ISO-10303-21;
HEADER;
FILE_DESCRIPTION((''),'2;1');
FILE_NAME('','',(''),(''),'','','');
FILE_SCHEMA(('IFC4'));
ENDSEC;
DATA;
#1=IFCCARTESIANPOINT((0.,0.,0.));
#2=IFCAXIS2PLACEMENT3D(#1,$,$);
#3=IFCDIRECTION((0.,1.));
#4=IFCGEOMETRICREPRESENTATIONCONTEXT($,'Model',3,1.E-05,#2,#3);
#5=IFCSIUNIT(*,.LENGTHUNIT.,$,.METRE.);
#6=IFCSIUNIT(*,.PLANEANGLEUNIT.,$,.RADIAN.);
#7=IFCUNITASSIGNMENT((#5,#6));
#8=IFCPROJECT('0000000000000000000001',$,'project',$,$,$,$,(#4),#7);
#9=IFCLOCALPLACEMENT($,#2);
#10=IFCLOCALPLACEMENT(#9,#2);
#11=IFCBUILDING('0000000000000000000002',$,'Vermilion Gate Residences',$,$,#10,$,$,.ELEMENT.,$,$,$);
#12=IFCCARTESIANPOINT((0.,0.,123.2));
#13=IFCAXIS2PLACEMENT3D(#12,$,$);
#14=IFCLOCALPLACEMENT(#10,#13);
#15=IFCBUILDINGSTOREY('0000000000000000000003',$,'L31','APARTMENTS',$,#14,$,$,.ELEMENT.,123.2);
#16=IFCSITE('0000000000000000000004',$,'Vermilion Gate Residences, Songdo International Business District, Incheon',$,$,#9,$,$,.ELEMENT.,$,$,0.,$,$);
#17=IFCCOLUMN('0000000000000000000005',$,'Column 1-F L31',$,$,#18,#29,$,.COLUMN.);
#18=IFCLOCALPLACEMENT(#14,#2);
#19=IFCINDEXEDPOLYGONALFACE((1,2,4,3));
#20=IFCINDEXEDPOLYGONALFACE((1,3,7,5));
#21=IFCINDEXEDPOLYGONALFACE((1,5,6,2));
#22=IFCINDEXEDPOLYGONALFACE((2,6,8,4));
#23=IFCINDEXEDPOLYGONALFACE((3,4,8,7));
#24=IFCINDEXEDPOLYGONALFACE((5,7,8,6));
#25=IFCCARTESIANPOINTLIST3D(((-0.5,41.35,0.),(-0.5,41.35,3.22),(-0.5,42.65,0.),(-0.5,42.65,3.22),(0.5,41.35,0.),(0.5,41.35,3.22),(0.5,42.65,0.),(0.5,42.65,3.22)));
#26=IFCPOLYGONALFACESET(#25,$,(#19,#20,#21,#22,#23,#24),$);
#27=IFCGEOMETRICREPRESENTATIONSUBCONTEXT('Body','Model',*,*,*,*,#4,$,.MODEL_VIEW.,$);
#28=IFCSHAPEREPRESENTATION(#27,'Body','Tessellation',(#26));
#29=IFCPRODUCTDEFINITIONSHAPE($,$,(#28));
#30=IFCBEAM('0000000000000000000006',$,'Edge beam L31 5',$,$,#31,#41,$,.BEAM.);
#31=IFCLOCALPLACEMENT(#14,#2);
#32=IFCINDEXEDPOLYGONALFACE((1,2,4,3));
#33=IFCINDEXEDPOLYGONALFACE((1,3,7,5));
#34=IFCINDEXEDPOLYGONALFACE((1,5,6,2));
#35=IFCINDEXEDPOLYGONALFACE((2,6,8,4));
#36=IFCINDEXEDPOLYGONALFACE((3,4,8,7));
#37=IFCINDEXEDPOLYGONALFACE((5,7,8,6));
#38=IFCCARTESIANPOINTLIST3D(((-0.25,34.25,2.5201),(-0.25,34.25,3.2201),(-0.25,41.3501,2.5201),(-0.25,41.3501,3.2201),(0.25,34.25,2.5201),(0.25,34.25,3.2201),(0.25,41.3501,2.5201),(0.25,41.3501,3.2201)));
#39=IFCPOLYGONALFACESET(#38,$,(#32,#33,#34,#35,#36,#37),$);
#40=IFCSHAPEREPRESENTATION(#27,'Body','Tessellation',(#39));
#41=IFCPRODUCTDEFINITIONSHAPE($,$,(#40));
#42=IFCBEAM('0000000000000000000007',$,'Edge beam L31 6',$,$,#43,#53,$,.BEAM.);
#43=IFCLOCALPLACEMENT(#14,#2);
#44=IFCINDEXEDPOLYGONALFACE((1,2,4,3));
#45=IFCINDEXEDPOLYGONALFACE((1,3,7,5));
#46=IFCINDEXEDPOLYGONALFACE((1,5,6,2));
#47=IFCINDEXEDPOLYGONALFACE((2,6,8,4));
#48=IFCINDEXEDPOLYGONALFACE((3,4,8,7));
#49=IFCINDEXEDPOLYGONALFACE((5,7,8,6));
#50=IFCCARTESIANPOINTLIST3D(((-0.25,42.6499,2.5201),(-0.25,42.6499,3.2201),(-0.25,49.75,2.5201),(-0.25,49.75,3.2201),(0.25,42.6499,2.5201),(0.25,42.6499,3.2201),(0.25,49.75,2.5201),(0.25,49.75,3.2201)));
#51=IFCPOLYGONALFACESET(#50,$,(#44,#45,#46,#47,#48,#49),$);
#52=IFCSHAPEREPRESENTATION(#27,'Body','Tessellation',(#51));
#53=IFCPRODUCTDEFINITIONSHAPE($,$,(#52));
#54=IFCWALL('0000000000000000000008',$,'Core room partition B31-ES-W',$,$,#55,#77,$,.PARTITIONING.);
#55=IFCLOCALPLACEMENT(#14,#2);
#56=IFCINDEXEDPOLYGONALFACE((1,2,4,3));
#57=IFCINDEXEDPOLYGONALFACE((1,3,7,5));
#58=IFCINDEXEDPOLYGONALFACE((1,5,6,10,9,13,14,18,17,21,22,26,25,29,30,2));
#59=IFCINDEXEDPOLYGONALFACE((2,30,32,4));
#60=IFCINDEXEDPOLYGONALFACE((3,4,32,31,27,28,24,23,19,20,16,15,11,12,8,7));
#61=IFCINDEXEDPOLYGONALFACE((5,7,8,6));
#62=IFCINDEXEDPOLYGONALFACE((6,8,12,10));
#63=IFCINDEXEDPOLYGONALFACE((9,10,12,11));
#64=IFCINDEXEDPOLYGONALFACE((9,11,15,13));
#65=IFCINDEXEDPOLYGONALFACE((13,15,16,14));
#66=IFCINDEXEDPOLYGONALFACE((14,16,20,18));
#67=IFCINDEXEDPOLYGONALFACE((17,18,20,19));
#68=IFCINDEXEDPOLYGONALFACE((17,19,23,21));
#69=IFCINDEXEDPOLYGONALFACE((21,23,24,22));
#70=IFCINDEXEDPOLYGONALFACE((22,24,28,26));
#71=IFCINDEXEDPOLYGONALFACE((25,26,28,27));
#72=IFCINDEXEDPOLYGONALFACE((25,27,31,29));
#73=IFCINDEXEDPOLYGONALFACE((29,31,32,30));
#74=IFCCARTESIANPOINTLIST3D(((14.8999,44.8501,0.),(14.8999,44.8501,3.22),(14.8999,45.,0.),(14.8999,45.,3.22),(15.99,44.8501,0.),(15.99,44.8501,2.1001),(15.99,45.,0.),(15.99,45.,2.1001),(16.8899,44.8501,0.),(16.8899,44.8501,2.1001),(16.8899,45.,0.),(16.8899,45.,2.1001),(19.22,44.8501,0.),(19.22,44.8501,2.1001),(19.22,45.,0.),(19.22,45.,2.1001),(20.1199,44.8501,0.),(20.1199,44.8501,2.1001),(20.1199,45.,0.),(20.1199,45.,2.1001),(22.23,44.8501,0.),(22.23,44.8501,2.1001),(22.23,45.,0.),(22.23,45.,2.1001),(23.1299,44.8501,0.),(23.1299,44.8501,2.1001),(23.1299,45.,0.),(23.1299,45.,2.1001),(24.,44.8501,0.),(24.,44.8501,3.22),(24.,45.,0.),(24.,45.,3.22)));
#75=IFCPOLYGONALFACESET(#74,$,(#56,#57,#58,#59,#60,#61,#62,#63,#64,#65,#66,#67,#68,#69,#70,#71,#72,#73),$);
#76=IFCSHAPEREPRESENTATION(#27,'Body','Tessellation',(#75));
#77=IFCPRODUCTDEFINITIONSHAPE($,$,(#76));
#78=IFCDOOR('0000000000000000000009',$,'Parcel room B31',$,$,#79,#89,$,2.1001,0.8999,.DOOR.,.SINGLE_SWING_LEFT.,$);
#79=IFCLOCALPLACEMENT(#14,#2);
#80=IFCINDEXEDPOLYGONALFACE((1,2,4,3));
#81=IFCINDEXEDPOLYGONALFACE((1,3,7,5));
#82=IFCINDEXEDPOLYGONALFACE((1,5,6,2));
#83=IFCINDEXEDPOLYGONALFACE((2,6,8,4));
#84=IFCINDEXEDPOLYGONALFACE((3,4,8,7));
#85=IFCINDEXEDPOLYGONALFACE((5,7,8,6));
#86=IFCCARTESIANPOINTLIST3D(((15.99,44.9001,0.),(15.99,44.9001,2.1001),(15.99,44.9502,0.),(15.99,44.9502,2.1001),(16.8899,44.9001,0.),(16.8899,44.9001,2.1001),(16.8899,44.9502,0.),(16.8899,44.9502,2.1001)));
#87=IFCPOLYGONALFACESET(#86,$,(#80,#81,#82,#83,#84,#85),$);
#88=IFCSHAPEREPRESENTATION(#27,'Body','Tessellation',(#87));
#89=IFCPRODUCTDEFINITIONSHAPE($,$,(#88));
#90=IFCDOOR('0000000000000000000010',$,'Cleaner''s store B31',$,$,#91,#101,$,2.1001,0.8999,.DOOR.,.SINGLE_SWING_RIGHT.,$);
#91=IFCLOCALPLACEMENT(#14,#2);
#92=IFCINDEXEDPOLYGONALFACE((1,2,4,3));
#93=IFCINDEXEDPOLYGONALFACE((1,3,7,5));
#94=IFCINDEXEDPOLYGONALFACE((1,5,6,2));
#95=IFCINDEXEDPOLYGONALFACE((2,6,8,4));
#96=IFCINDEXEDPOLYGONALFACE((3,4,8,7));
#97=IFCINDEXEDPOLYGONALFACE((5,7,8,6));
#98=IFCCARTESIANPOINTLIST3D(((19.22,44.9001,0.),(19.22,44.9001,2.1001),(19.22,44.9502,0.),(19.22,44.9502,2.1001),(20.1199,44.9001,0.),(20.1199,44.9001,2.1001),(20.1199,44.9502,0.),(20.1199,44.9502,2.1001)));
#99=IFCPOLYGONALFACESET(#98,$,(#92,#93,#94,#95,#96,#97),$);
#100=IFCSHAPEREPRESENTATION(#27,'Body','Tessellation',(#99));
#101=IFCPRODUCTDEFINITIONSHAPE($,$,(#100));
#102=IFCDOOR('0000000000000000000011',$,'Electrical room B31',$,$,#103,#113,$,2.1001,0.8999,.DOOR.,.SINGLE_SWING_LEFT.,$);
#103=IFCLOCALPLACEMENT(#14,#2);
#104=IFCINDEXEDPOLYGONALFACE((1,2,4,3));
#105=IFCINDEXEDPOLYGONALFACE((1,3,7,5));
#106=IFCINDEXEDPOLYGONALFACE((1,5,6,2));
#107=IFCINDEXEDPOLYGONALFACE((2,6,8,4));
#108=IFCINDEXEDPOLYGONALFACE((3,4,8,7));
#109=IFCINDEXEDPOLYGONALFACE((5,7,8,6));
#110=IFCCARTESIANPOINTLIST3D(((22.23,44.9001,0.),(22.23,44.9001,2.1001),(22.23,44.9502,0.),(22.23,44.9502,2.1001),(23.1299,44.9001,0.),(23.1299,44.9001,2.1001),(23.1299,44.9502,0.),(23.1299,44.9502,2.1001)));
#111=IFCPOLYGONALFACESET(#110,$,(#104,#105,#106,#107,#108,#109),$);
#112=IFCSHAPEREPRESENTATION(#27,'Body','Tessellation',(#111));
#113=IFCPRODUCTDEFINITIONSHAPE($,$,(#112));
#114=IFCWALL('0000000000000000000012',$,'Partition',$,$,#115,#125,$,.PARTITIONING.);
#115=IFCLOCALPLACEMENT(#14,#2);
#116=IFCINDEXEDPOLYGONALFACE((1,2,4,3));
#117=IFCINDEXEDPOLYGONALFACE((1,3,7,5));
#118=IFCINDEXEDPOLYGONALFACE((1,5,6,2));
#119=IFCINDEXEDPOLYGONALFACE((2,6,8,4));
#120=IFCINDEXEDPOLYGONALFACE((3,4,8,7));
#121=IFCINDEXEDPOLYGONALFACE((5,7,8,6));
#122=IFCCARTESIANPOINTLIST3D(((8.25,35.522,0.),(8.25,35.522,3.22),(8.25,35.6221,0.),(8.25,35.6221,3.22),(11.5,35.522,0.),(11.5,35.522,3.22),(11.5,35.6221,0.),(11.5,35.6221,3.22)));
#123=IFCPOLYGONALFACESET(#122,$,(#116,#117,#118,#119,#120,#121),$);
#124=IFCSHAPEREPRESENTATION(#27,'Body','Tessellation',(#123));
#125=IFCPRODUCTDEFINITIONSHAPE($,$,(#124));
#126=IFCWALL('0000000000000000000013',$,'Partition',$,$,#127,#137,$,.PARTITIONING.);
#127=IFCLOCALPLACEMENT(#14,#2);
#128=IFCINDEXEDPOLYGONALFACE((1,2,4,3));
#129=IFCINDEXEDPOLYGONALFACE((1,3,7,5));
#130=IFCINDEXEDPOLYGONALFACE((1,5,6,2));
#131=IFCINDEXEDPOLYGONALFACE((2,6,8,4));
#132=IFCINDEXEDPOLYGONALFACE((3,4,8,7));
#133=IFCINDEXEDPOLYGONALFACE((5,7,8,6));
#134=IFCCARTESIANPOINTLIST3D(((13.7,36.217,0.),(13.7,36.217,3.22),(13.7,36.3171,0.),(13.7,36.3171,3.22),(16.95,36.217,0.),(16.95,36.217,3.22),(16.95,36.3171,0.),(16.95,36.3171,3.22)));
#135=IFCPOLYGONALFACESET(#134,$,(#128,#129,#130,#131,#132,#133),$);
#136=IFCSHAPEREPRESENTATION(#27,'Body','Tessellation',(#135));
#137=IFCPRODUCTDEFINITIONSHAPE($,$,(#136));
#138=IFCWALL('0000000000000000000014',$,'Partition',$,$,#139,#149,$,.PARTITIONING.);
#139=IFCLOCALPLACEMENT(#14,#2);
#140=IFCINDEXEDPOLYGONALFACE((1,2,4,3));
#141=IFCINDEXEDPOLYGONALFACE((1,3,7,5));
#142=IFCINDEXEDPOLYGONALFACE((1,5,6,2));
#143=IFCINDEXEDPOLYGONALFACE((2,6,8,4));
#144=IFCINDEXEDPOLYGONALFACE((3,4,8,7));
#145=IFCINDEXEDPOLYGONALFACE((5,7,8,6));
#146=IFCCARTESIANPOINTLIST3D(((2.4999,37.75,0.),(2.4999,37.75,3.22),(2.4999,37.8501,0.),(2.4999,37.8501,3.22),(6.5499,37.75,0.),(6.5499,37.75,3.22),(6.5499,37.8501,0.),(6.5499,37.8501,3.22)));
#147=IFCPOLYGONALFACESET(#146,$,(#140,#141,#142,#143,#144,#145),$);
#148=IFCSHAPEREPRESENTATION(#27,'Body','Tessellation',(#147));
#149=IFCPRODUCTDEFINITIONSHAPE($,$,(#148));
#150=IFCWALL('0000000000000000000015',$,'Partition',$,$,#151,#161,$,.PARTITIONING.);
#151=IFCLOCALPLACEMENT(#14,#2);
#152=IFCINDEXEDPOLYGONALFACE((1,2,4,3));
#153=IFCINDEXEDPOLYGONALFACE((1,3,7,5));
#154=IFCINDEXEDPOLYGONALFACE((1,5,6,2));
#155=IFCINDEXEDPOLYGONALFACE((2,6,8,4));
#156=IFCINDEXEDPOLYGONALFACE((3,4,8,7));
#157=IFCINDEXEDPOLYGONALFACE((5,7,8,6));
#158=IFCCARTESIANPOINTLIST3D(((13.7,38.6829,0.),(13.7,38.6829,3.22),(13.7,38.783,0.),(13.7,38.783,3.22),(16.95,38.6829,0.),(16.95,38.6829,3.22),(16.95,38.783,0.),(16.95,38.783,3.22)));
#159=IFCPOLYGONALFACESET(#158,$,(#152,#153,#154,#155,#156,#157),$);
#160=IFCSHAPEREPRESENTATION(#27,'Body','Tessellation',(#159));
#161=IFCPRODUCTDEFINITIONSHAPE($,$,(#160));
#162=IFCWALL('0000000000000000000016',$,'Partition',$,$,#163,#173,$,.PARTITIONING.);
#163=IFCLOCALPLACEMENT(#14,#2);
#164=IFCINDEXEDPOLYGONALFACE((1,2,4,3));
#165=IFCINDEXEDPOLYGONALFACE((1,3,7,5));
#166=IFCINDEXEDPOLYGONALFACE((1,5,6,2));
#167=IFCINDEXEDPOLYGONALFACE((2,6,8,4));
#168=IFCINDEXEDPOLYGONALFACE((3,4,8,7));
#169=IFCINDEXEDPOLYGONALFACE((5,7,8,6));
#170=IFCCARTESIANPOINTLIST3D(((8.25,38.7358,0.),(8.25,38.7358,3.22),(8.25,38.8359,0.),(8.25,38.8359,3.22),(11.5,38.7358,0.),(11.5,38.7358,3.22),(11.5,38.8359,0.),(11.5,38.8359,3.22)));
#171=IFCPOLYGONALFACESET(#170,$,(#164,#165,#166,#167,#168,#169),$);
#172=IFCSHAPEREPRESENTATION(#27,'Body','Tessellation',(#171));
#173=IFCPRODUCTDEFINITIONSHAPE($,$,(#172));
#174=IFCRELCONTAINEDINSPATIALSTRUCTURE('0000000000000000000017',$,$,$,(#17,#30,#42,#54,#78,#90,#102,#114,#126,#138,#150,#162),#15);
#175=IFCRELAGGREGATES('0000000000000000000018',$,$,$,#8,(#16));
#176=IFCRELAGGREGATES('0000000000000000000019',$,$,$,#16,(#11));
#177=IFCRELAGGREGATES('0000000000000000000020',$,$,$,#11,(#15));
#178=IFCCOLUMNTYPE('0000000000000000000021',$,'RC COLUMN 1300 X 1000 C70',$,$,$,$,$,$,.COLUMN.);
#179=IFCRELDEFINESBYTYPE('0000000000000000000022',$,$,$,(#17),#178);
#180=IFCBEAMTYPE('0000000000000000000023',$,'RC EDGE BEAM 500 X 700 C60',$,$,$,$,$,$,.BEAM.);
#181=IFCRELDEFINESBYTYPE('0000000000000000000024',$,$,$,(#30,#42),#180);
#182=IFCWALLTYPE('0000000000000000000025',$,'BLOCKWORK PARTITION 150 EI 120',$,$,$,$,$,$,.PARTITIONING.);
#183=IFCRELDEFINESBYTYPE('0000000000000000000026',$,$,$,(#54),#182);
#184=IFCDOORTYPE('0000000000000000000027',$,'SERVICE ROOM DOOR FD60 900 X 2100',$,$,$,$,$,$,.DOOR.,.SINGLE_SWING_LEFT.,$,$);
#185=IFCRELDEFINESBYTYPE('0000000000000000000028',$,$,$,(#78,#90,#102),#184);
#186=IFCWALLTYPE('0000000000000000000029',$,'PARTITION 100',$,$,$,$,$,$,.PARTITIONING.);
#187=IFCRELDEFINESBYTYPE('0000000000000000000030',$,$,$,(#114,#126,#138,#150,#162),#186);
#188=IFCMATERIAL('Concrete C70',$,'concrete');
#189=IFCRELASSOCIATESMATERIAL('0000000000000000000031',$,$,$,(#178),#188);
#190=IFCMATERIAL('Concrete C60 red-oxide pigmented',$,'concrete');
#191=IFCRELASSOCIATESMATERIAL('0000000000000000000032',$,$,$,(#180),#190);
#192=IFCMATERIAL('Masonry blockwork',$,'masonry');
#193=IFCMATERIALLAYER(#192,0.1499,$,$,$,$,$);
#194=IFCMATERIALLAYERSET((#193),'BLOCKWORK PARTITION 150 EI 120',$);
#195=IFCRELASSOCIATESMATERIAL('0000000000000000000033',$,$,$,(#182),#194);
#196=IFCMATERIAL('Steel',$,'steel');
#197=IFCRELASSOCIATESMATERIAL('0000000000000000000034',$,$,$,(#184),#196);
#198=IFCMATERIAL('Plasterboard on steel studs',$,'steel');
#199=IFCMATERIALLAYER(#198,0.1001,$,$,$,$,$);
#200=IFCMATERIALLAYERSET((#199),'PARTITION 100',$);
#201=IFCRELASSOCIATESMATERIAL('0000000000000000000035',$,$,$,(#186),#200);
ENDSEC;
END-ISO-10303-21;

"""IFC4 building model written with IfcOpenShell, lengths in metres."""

from ifc_helpers import new_model, si_unit, direction, frame, frame_2d, origin, origin_2d, place, context, subcontext, project, spatial, rectangle, extrude, material, layer, layer_set, material_profile, profile_set, type_object, element, fill, save


model = new_model("IFC4")

# Units and contexts
model_context = context("Model", 3, precision=1e-05, world=origin(), true_north=direction((0.0, 1.0)))
body_context = subcontext(model_context, "Body", "Model", "MODEL_VIEW")
ifc_project = project(units=[si_unit("LENGTHUNIT", "METRE"), si_unit("PLANEANGLEUNIT", "RADIAN")], contexts=[model_context])

# Site, building, storey
site_placement = place(None, origin())
site = spatial("IfcSite", under=ifc_project, at=site_placement, Name="Vermilion Gate Residences, Songdo International Business District, Incheon", CompositionType="ELEMENT", RefElevation=0.0)
building_placement = place(site_placement, origin())
building = spatial("IfcBuilding", under=site, at=building_placement, Name="Vermilion Gate Residences", CompositionType="ELEMENT")
storey_placement = place(building_placement, frame((0.0, 0.0, 123.2)))
storey = spatial("IfcBuildingStorey", under=building, at=storey_placement, Name="L31", Description="APARTMENTS", CompositionType="ELEMENT", Elevation=123.2)

# Column
ifc_material_1 = material(Name="Concrete C70", Category="concrete")
ifc_material_profile_1 = material_profile(ifc_material_1, rectangle(XDim=1.3, YDim=1.0, at=origin_2d()), Name="RC-1300x1000")
ifc_profile_set_1 = profile_set([ifc_material_profile_1], Name="Concrete C70")
column_type = type_object("IfcColumnType", Name="RC COLUMN 1300 X 1000 C70", PredefinedType="COLUMN", material=ifc_profile_set_1)
column_placement = place(storey_placement, frame((0.0, 42.0, 0.0), z_axis=(0.0, 0.0, 1.0), x_axis=(0.0, 1.0, 0.0)))
element("IfcColumn", 1, at=column_placement, inside=storey, type_object=column_type, Name="Column 1-F L31", PredefinedType="COLUMN", context=body_context, shape_type="SweptSolid", body=[
    extrude(rectangle(XDim=1.3, YDim=1.0, at=origin_2d()), origin(), (0.0, 0.0, 1.0), 3.22),
])

# Beams
ifc_material_2 = material(Name="Concrete C60 red-oxide pigmented", Category="concrete")
ifc_material_profile_2 = material_profile(ifc_material_2, rectangle(XDim=0.5, YDim=0.7, at=origin_2d()), Name="RC-500x700")
ifc_profile_set_2 = profile_set([ifc_material_profile_2], Name="Concrete C60 red-oxide pigmented")
beam_type = type_object("IfcBeamType", Name="RC EDGE BEAM 500 X 700 C60", PredefinedType="BEAM", material=ifc_profile_set_2)
for number, where, z_axis, x_axis, name in (
    (2, (0.0, 34.25, 2.8701), (0.0, 1.0, 0.0), (-1.0, 0.0, 0.0), "Edge beam L31 5"),
    (3, (0.0, 42.6499, 2.8701), (0.0, 1.0, 0.0), (-1.0, 0.0, 0.0), "Edge beam L31 6"),
):
    element("IfcBeam", number, at=place(storey_placement, frame(where, z_axis=z_axis, x_axis=x_axis)), inside=storey, type_object=beam_type, Name=name, PredefinedType="BEAM", context=body_context, shape_type="SweptSolid", body=[
        extrude(rectangle(XDim=0.5, YDim=0.7, at=origin_2d()), origin(), (0.0, 0.0, 1.0), 7.1001),
    ])

# Wall, openings, doors
ifc_material_3 = material(Name="Masonry blockwork", Category="masonry")
ifc_layer_1 = layer(ifc_material_3, 0.1499)
ifc_layer_set_1 = layer_set([ifc_layer_1], Name="BLOCKWORK PARTITION 150 EI 120")
wall_type_1 = type_object("IfcWallType", Name="BLOCKWORK PARTITION 150 EI 120", PredefinedType="PARTITIONING", material=ifc_layer_set_1)
wall_1_placement = place(storey_placement, frame((14.8999, 44.925, 0.0), z_axis=(0.0, 0.0, 1.0), x_axis=(1.0, 0.0, 0.0)))
wall_1 = element("IfcWall", 4, at=wall_1_placement, inside=storey, type_object=wall_type_1, Name="Core room partition B31-ES-W", PredefinedType="PARTITIONING", context=body_context, shape_type="SweptSolid", body=[
    extrude(rectangle(XDim=9.1001, YDim=0.1499, at=frame_2d((4.55, 0.0))), origin(), (0.0, 0.0, 1.0), 3.22),
])
opening_1_placement = place(wall_1_placement, frame((1.0901, 0.0, 0.0)))
opening_1 = element("IfcOpeningElement", 5, at=opening_1_placement, cuts=wall_1, PredefinedType="OPENING", context=body_context, shape_type="SweptSolid", body=[
    extrude(rectangle(XDim=0.8999, YDim=2.1001, at=frame_2d((0.45, 1.05))), frame((0.0, 0.085, 0.0), z_axis=(0.0, -1.0, 0.0), x_axis=(1.0, 0.0, 0.0)), (0.0, 0.0, 1.0), 0.1699),
])
opening_2_placement = place(wall_1_placement, frame((4.3201, 0.0, 0.0)))
opening_2 = element("IfcOpeningElement", 6, at=opening_2_placement, cuts=wall_1, PredefinedType="OPENING", context=body_context, shape_type="SweptSolid", body=[
    extrude(rectangle(XDim=0.8999, YDim=2.1001, at=frame_2d((0.45, 1.05))), frame((0.0, 0.085, 0.0), z_axis=(0.0, -1.0, 0.0), x_axis=(1.0, 0.0, 0.0)), (0.0, 0.0, 1.0), 0.1699),
])
opening_3_placement = place(wall_1_placement, frame((7.3301, 0.0, 0.0)))
opening_3 = element("IfcOpeningElement", 7, at=opening_3_placement, cuts=wall_1, PredefinedType="OPENING", context=body_context, shape_type="SweptSolid", body=[
    extrude(rectangle(XDim=0.8999, YDim=2.1001, at=frame_2d((0.45, 1.05))), frame((0.0, 0.085, 0.0), z_axis=(0.0, -1.0, 0.0), x_axis=(1.0, 0.0, 0.0)), (0.0, 0.0, 1.0), 0.1699),
])
ifc_material_4 = material(Name="Steel", Category="steel")
door_type_1 = type_object("IfcDoorType", Name="SERVICE ROOM DOOR FD60 900 X 2100", OperationType="SINGLE_SWING_LEFT", PredefinedType="DOOR", material=ifc_material_4)
door_1_placement = place(opening_1_placement, frame((0.8999, 0.0, 0.0), z_axis=(0.0, 0.0, 1.0), x_axis=(-1.0, 0.0, 0.0)))
door_1 = element("IfcDoor", 8, at=door_1_placement, inside=storey, type_object=door_type_1, Name="Parcel room B31", OperationType="SINGLE_SWING_LEFT", OverallHeight=2.1001, OverallWidth=0.8999, PredefinedType="DOOR", context=body_context, shape_type="SweptSolid", body=[
    extrude(rectangle(XDim=0.8999, YDim=2.1001, at=frame_2d((0.45, 1.05))), frame((0.0, 0.0249, 0.0), z_axis=(0.0, -1.0, 0.0), x_axis=(1.0, 0.0, 0.0)), (0.0, 0.0, 1.0), 0.05),
])
fill(opening_1, door_1)
door_2_placement = place(opening_2_placement, frame((0.8999, 0.0, 0.0), z_axis=(0.0, 0.0, 1.0), x_axis=(-1.0, 0.0, 0.0)))
door_2 = element("IfcDoor", 9, at=door_2_placement, inside=storey, type_object=door_type_1, Name="Cleaner's store B31", OperationType="SINGLE_SWING_RIGHT", OverallHeight=2.1001, OverallWidth=0.8999, PredefinedType="DOOR", context=body_context, shape_type="SweptSolid", body=[
    extrude(rectangle(XDim=0.8999, YDim=2.1001, at=frame_2d((0.45, 1.05))), frame((0.0, 0.0249, 0.0), z_axis=(0.0, -1.0, 0.0), x_axis=(1.0, 0.0, 0.0)), (0.0, 0.0, 1.0), 0.05),
])
fill(opening_2, door_2)
door_3_placement = place(opening_3_placement, frame((0.8999, 0.0, 0.0), z_axis=(0.0, 0.0, 1.0), x_axis=(-1.0, 0.0, 0.0)))
door_3 = element("IfcDoor", 10, at=door_3_placement, inside=storey, type_object=door_type_1, Name="Electrical room B31", OperationType="SINGLE_SWING_LEFT", OverallHeight=2.1001, OverallWidth=0.8999, PredefinedType="DOOR", context=body_context, shape_type="SweptSolid", body=[
    extrude(rectangle(XDim=0.8999, YDim=2.1001, at=frame_2d((0.45, 1.05))), frame((0.0, 0.0249, 0.0), z_axis=(0.0, -1.0, 0.0), x_axis=(1.0, 0.0, 0.0)), (0.0, 0.0, 1.0), 0.05),
])
fill(opening_3, door_3)

# Walls
ifc_material_5 = material(Name="Plasterboard on steel studs", Category="steel")
ifc_layer_2 = layer(ifc_material_5, 0.1001)
ifc_layer_set_2 = layer_set([ifc_layer_2], Name="PARTITION 100")
wall_type_2 = type_object("IfcWallType", Name="PARTITION 100", PredefinedType="PARTITIONING", material=ifc_layer_set_2)
for number, where, z_axis, x_axis, name in (
    (11, (8.25, 35.572, 0.0), (0.0, 0.0, 1.0), (1.0, 0.0, 0.0), "Partition"),
    (12, (13.7, 36.2671, 0.0), (0.0, 0.0, 1.0), (1.0, 0.0, 0.0), "Partition"),
):
    element("IfcWall", number, at=place(storey_placement, frame(where, z_axis=z_axis, x_axis=x_axis)), inside=storey, type_object=wall_type_2, Name=name, PredefinedType="PARTITIONING", context=body_context, shape_type="SweptSolid", body=[
        extrude(rectangle(XDim=3.25, YDim=0.1001, at=frame_2d((1.625, 0.0))), origin(), (0.0, 0.0, 1.0), 3.22),
    ])
wall_2_placement = place(storey_placement, frame((2.5, 37.8, 0.0), z_axis=(0.0, 0.0, 1.0), x_axis=(1.0, 0.0, 0.0)))
element("IfcWall", 13, at=wall_2_placement, inside=storey, type_object=wall_type_2, Name="Partition", PredefinedType="PARTITIONING", context=body_context, shape_type="SweptSolid", body=[
    extrude(rectangle(XDim=4.05, YDim=0.1001, at=frame_2d((2.0249, 0.0))), origin(), (0.0, 0.0, 1.0), 3.22),
])
for number, where, z_axis, x_axis, name in (
    (14, (13.7, 38.7329, 0.0), (0.0, 0.0, 1.0), (1.0, 0.0, 0.0), "Partition"),
    (15, (8.25, 38.7859, 0.0), (0.0, 0.0, 1.0), (1.0, 0.0, 0.0), "Partition"),
):
    element("IfcWall", number, at=place(storey_placement, frame(where, z_axis=z_axis, x_axis=x_axis)), inside=storey, type_object=wall_type_2, Name=name, PredefinedType="PARTITIONING", context=body_context, shape_type="SweptSolid", body=[
        extrude(rectangle(XDim=3.25, YDim=0.1001, at=frame_2d((1.625, 0.0))), origin(), (0.0, 0.0, 1.0), 3.22),
    ])

save(model, "model.ifc")
